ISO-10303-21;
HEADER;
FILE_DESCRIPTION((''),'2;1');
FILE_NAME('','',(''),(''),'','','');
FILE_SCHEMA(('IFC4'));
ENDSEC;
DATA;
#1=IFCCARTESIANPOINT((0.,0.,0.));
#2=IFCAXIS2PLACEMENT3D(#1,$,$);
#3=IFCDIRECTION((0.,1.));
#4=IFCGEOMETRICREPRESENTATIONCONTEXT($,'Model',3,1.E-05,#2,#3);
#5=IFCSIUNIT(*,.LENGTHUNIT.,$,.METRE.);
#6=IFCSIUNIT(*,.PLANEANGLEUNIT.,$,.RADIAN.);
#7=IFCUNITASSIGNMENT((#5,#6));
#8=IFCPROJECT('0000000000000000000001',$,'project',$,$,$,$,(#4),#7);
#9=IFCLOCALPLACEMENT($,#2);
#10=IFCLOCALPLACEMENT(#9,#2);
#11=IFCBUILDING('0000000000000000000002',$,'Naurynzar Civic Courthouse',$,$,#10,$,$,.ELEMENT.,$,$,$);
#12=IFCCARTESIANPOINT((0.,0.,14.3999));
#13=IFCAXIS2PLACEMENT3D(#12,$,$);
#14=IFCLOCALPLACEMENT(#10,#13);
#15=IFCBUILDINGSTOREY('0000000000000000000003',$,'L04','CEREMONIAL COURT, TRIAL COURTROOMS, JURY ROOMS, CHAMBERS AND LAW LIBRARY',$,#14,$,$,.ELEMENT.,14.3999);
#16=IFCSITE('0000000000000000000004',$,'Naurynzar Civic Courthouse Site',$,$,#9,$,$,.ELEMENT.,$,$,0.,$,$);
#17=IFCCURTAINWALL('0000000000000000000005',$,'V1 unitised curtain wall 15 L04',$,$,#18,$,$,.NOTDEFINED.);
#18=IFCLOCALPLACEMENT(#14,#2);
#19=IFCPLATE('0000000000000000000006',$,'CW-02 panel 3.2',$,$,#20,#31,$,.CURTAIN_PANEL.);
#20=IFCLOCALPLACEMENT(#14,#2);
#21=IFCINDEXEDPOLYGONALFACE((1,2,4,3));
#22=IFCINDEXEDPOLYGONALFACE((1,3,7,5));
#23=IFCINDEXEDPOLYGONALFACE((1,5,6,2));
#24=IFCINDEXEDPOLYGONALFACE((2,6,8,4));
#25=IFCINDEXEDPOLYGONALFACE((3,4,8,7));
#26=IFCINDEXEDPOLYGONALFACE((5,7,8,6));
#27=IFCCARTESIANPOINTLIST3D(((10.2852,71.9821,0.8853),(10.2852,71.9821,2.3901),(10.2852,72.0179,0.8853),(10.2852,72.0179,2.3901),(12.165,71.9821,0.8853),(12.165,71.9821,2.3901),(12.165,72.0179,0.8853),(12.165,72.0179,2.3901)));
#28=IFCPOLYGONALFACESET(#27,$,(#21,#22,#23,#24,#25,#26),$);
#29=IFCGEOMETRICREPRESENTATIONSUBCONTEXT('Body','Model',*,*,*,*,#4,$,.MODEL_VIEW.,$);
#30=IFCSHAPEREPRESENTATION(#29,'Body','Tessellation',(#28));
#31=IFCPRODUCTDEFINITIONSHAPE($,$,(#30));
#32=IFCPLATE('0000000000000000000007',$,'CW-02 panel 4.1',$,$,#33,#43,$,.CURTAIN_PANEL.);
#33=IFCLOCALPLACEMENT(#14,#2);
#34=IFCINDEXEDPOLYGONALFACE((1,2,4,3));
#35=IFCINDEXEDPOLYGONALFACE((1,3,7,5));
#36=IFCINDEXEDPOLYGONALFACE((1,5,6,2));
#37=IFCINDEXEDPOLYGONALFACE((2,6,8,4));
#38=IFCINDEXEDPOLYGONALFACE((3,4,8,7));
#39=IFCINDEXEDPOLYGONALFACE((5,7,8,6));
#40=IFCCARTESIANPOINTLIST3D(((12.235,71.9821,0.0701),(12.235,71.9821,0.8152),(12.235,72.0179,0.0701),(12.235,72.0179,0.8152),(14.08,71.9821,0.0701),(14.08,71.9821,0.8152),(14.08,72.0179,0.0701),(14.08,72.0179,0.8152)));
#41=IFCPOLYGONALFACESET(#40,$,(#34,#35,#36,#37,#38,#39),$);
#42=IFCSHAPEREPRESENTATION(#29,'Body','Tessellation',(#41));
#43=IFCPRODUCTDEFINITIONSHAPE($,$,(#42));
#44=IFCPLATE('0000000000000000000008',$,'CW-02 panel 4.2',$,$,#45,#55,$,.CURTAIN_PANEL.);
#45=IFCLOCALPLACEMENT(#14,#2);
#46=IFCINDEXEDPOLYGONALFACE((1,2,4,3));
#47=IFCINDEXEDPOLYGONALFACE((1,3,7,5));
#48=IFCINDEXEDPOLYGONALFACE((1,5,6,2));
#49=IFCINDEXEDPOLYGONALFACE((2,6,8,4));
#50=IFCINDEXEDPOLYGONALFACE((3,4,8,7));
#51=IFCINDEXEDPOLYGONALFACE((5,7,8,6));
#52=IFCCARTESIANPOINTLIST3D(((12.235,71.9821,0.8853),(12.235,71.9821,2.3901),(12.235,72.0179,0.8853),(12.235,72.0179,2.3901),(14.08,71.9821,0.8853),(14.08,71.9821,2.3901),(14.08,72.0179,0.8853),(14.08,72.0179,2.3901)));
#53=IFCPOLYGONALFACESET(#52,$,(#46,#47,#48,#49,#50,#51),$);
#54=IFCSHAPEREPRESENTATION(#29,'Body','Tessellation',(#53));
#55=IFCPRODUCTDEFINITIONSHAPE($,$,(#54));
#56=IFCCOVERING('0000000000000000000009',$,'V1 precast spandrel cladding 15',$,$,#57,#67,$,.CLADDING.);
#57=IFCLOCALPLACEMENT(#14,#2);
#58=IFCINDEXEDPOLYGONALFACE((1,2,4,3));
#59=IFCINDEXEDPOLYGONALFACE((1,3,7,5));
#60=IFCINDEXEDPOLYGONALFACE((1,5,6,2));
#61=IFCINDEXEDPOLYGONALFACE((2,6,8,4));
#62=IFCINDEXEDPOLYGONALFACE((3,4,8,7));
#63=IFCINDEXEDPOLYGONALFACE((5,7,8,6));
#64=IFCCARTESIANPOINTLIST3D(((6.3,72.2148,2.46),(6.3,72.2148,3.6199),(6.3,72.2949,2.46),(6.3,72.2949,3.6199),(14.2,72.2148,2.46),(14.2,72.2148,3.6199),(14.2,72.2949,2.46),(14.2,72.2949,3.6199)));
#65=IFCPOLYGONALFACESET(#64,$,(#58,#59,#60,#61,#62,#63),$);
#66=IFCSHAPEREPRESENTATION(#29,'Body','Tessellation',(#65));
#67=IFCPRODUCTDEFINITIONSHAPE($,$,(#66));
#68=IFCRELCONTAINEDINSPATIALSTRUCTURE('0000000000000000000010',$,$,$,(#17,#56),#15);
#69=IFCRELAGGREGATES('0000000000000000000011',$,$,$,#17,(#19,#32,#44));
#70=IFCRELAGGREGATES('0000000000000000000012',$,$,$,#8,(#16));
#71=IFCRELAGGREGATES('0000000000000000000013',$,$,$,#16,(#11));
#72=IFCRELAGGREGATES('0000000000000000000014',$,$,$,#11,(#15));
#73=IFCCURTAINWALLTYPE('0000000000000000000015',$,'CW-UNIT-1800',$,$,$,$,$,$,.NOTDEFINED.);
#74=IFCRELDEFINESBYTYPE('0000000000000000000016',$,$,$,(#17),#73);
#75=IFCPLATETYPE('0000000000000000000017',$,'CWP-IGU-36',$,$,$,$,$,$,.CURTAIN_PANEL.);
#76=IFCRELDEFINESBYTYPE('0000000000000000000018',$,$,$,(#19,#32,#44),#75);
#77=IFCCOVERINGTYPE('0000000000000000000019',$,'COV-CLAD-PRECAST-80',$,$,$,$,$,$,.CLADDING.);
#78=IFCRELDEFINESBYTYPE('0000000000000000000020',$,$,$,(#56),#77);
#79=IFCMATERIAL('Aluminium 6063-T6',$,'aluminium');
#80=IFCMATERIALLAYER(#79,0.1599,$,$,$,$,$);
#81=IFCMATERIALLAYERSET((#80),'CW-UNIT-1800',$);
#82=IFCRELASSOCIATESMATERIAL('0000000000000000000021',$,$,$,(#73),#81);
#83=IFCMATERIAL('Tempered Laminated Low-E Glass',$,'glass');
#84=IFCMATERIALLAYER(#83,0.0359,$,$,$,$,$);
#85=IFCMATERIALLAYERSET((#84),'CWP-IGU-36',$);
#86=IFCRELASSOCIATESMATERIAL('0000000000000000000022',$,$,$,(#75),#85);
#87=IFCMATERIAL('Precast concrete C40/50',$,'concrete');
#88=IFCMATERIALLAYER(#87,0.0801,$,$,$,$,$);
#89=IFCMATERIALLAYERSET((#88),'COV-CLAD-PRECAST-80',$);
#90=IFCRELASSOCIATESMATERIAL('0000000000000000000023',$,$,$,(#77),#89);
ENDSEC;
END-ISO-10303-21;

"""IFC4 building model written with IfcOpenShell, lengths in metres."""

from ifc_helpers import new_model, si_unit, direction, frame, origin, origin_2d, place, context, subcontext, project, spatial, rectangle, extrude, material, layer, layer_set, type_object, element, aggregate, save


model = new_model("IFC4")

# Units and contexts
model_context = context("Model", 3, precision=1e-05, world=origin(), true_north=direction((0.0, 1.0)))
body_context = subcontext(model_context, "Body", "Model", "MODEL_VIEW")
ifc_project = project(units=[si_unit("LENGTHUNIT", "METRE"), si_unit("PLANEANGLEUNIT", "RADIAN")], contexts=[model_context])

# Site, building, storey
site_placement = place(None, origin())
site = spatial("IfcSite", under=ifc_project, at=site_placement, Name="Naurynzar Civic Courthouse Site", CompositionType="ELEMENT", RefElevation=0.0)
building_placement = place(site_placement, origin())
building = spatial("IfcBuilding", under=site, at=building_placement, Name="Naurynzar Civic Courthouse", CompositionType="ELEMENT")
storey_placement = place(building_placement, frame((0.0, 0.0, 14.3999)))
storey = spatial("IfcBuildingStorey", under=building, at=storey_placement, Name="L04", Description="CEREMONIAL COURT, TRIAL COURTROOMS, JURY ROOMS, CHAMBERS AND LAW LIBRARY", CompositionType="ELEMENT", Elevation=14.3999)

# Shared definitions
ifc_material_1 = material(Name="Aluminium 6063-T6", Category="aluminium")
ifc_layer_1 = layer(ifc_material_1, 0.1599)
ifc_layer_set_1 = layer_set([ifc_layer_1], Name="CW-UNIT-1800")
curtain_wall_type = type_object("IfcCurtainWallType", Name="CW-UNIT-1800", PredefinedType="NOTDEFINED", material=ifc_layer_set_1)

# Curtain wall
curtain_wall_1_placement = place(storey_placement, origin())
curtain_wall_1 = element("IfcCurtainWall", 1, at=curtain_wall_1_placement, inside=storey, type_object=curtain_wall_type, Name="V1 unitised curtain wall 15 L04", PredefinedType="NOTDEFINED")

# Plates
ifc_material_2 = material(Name="Tempered Laminated Low-E Glass", Category="glass")
ifc_layer_2 = layer(ifc_material_2, 0.0359)
ifc_layer_set_2 = layer_set([ifc_layer_2], Name="CWP-IGU-36")
plate_type = type_object("IfcPlateType", Name="CWP-IGU-36", PredefinedType="CURTAIN_PANEL", material=ifc_layer_set_2)
plate_1_placement = place(storey_placement, frame((11.2251, 72.0, 0.8853), z_axis=(0.0, 0.0, 1.0), x_axis=(1.0, 0.0, 0.0)))
plate_1 = element("IfcPlate", 2, at=plate_1_placement, type_object=plate_type, Name="CW-02 panel 3.2", PredefinedType="CURTAIN_PANEL", context=body_context, shape_type="SweptSolid", body=[
    extrude(rectangle(XDim=1.8799, YDim=0.0359, at=origin_2d()), origin(), (0.0, 0.0, 1.0), 1.5049),
])
plate_2_placement = place(storey_placement, frame((13.1575, 72.0, 0.0701), z_axis=(0.0, 0.0, 1.0), x_axis=(1.0, 0.0, 0.0)))
plate_2 = element("IfcPlate", 3, at=plate_2_placement, type_object=plate_type, Name="CW-02 panel 4.1", PredefinedType="CURTAIN_PANEL", context=body_context, shape_type="SweptSolid", body=[
    extrude(rectangle(XDim=1.845, YDim=0.0359, at=origin_2d()), origin(), (0.0, 0.0, 1.0), 0.7451),
])
plate_3_placement = place(storey_placement, frame((13.1575, 72.0, 0.8853), z_axis=(0.0, 0.0, 1.0), x_axis=(1.0, 0.0, 0.0)))
plate_3 = element("IfcPlate", 4, at=plate_3_placement, type_object=plate_type, Name="CW-02 panel 4.2", PredefinedType="CURTAIN_PANEL", context=body_context, shape_type="SweptSolid", body=[
    extrude(rectangle(XDim=1.845, YDim=0.0359, at=origin_2d()), origin(), (0.0, 0.0, 1.0), 1.5049),
])
aggregate(curtain_wall_1, [plate_1, plate_2, plate_3])

# Covering
ifc_material_3 = material(Name="Precast concrete C40/50", Category="concrete")
ifc_layer_3 = layer(ifc_material_3, 0.0801)
ifc_layer_set_3 = layer_set([ifc_layer_3], Name="COV-CLAD-PRECAST-80")
covering_type = type_object("IfcCoveringType", Name="COV-CLAD-PRECAST-80", PredefinedType="CLADDING", material=ifc_layer_set_3)
covering_placement = place(storey_placement, frame((10.25, 72.2549, 2.46), z_axis=(0.0, 0.0, 1.0), x_axis=(1.0, 0.0, 0.0)))
element("IfcCovering", 5, at=covering_placement, inside=storey, type_object=covering_type, Name="V1 precast spandrel cladding 15", PredefinedType="CLADDING", context=body_context, shape_type="SweptSolid", body=[
    extrude(rectangle(XDim=7.8999, YDim=0.0801, at=origin_2d()), origin(), (0.0, 0.0, 1.0), 1.1599),
])

save(model, "model.ifc")
